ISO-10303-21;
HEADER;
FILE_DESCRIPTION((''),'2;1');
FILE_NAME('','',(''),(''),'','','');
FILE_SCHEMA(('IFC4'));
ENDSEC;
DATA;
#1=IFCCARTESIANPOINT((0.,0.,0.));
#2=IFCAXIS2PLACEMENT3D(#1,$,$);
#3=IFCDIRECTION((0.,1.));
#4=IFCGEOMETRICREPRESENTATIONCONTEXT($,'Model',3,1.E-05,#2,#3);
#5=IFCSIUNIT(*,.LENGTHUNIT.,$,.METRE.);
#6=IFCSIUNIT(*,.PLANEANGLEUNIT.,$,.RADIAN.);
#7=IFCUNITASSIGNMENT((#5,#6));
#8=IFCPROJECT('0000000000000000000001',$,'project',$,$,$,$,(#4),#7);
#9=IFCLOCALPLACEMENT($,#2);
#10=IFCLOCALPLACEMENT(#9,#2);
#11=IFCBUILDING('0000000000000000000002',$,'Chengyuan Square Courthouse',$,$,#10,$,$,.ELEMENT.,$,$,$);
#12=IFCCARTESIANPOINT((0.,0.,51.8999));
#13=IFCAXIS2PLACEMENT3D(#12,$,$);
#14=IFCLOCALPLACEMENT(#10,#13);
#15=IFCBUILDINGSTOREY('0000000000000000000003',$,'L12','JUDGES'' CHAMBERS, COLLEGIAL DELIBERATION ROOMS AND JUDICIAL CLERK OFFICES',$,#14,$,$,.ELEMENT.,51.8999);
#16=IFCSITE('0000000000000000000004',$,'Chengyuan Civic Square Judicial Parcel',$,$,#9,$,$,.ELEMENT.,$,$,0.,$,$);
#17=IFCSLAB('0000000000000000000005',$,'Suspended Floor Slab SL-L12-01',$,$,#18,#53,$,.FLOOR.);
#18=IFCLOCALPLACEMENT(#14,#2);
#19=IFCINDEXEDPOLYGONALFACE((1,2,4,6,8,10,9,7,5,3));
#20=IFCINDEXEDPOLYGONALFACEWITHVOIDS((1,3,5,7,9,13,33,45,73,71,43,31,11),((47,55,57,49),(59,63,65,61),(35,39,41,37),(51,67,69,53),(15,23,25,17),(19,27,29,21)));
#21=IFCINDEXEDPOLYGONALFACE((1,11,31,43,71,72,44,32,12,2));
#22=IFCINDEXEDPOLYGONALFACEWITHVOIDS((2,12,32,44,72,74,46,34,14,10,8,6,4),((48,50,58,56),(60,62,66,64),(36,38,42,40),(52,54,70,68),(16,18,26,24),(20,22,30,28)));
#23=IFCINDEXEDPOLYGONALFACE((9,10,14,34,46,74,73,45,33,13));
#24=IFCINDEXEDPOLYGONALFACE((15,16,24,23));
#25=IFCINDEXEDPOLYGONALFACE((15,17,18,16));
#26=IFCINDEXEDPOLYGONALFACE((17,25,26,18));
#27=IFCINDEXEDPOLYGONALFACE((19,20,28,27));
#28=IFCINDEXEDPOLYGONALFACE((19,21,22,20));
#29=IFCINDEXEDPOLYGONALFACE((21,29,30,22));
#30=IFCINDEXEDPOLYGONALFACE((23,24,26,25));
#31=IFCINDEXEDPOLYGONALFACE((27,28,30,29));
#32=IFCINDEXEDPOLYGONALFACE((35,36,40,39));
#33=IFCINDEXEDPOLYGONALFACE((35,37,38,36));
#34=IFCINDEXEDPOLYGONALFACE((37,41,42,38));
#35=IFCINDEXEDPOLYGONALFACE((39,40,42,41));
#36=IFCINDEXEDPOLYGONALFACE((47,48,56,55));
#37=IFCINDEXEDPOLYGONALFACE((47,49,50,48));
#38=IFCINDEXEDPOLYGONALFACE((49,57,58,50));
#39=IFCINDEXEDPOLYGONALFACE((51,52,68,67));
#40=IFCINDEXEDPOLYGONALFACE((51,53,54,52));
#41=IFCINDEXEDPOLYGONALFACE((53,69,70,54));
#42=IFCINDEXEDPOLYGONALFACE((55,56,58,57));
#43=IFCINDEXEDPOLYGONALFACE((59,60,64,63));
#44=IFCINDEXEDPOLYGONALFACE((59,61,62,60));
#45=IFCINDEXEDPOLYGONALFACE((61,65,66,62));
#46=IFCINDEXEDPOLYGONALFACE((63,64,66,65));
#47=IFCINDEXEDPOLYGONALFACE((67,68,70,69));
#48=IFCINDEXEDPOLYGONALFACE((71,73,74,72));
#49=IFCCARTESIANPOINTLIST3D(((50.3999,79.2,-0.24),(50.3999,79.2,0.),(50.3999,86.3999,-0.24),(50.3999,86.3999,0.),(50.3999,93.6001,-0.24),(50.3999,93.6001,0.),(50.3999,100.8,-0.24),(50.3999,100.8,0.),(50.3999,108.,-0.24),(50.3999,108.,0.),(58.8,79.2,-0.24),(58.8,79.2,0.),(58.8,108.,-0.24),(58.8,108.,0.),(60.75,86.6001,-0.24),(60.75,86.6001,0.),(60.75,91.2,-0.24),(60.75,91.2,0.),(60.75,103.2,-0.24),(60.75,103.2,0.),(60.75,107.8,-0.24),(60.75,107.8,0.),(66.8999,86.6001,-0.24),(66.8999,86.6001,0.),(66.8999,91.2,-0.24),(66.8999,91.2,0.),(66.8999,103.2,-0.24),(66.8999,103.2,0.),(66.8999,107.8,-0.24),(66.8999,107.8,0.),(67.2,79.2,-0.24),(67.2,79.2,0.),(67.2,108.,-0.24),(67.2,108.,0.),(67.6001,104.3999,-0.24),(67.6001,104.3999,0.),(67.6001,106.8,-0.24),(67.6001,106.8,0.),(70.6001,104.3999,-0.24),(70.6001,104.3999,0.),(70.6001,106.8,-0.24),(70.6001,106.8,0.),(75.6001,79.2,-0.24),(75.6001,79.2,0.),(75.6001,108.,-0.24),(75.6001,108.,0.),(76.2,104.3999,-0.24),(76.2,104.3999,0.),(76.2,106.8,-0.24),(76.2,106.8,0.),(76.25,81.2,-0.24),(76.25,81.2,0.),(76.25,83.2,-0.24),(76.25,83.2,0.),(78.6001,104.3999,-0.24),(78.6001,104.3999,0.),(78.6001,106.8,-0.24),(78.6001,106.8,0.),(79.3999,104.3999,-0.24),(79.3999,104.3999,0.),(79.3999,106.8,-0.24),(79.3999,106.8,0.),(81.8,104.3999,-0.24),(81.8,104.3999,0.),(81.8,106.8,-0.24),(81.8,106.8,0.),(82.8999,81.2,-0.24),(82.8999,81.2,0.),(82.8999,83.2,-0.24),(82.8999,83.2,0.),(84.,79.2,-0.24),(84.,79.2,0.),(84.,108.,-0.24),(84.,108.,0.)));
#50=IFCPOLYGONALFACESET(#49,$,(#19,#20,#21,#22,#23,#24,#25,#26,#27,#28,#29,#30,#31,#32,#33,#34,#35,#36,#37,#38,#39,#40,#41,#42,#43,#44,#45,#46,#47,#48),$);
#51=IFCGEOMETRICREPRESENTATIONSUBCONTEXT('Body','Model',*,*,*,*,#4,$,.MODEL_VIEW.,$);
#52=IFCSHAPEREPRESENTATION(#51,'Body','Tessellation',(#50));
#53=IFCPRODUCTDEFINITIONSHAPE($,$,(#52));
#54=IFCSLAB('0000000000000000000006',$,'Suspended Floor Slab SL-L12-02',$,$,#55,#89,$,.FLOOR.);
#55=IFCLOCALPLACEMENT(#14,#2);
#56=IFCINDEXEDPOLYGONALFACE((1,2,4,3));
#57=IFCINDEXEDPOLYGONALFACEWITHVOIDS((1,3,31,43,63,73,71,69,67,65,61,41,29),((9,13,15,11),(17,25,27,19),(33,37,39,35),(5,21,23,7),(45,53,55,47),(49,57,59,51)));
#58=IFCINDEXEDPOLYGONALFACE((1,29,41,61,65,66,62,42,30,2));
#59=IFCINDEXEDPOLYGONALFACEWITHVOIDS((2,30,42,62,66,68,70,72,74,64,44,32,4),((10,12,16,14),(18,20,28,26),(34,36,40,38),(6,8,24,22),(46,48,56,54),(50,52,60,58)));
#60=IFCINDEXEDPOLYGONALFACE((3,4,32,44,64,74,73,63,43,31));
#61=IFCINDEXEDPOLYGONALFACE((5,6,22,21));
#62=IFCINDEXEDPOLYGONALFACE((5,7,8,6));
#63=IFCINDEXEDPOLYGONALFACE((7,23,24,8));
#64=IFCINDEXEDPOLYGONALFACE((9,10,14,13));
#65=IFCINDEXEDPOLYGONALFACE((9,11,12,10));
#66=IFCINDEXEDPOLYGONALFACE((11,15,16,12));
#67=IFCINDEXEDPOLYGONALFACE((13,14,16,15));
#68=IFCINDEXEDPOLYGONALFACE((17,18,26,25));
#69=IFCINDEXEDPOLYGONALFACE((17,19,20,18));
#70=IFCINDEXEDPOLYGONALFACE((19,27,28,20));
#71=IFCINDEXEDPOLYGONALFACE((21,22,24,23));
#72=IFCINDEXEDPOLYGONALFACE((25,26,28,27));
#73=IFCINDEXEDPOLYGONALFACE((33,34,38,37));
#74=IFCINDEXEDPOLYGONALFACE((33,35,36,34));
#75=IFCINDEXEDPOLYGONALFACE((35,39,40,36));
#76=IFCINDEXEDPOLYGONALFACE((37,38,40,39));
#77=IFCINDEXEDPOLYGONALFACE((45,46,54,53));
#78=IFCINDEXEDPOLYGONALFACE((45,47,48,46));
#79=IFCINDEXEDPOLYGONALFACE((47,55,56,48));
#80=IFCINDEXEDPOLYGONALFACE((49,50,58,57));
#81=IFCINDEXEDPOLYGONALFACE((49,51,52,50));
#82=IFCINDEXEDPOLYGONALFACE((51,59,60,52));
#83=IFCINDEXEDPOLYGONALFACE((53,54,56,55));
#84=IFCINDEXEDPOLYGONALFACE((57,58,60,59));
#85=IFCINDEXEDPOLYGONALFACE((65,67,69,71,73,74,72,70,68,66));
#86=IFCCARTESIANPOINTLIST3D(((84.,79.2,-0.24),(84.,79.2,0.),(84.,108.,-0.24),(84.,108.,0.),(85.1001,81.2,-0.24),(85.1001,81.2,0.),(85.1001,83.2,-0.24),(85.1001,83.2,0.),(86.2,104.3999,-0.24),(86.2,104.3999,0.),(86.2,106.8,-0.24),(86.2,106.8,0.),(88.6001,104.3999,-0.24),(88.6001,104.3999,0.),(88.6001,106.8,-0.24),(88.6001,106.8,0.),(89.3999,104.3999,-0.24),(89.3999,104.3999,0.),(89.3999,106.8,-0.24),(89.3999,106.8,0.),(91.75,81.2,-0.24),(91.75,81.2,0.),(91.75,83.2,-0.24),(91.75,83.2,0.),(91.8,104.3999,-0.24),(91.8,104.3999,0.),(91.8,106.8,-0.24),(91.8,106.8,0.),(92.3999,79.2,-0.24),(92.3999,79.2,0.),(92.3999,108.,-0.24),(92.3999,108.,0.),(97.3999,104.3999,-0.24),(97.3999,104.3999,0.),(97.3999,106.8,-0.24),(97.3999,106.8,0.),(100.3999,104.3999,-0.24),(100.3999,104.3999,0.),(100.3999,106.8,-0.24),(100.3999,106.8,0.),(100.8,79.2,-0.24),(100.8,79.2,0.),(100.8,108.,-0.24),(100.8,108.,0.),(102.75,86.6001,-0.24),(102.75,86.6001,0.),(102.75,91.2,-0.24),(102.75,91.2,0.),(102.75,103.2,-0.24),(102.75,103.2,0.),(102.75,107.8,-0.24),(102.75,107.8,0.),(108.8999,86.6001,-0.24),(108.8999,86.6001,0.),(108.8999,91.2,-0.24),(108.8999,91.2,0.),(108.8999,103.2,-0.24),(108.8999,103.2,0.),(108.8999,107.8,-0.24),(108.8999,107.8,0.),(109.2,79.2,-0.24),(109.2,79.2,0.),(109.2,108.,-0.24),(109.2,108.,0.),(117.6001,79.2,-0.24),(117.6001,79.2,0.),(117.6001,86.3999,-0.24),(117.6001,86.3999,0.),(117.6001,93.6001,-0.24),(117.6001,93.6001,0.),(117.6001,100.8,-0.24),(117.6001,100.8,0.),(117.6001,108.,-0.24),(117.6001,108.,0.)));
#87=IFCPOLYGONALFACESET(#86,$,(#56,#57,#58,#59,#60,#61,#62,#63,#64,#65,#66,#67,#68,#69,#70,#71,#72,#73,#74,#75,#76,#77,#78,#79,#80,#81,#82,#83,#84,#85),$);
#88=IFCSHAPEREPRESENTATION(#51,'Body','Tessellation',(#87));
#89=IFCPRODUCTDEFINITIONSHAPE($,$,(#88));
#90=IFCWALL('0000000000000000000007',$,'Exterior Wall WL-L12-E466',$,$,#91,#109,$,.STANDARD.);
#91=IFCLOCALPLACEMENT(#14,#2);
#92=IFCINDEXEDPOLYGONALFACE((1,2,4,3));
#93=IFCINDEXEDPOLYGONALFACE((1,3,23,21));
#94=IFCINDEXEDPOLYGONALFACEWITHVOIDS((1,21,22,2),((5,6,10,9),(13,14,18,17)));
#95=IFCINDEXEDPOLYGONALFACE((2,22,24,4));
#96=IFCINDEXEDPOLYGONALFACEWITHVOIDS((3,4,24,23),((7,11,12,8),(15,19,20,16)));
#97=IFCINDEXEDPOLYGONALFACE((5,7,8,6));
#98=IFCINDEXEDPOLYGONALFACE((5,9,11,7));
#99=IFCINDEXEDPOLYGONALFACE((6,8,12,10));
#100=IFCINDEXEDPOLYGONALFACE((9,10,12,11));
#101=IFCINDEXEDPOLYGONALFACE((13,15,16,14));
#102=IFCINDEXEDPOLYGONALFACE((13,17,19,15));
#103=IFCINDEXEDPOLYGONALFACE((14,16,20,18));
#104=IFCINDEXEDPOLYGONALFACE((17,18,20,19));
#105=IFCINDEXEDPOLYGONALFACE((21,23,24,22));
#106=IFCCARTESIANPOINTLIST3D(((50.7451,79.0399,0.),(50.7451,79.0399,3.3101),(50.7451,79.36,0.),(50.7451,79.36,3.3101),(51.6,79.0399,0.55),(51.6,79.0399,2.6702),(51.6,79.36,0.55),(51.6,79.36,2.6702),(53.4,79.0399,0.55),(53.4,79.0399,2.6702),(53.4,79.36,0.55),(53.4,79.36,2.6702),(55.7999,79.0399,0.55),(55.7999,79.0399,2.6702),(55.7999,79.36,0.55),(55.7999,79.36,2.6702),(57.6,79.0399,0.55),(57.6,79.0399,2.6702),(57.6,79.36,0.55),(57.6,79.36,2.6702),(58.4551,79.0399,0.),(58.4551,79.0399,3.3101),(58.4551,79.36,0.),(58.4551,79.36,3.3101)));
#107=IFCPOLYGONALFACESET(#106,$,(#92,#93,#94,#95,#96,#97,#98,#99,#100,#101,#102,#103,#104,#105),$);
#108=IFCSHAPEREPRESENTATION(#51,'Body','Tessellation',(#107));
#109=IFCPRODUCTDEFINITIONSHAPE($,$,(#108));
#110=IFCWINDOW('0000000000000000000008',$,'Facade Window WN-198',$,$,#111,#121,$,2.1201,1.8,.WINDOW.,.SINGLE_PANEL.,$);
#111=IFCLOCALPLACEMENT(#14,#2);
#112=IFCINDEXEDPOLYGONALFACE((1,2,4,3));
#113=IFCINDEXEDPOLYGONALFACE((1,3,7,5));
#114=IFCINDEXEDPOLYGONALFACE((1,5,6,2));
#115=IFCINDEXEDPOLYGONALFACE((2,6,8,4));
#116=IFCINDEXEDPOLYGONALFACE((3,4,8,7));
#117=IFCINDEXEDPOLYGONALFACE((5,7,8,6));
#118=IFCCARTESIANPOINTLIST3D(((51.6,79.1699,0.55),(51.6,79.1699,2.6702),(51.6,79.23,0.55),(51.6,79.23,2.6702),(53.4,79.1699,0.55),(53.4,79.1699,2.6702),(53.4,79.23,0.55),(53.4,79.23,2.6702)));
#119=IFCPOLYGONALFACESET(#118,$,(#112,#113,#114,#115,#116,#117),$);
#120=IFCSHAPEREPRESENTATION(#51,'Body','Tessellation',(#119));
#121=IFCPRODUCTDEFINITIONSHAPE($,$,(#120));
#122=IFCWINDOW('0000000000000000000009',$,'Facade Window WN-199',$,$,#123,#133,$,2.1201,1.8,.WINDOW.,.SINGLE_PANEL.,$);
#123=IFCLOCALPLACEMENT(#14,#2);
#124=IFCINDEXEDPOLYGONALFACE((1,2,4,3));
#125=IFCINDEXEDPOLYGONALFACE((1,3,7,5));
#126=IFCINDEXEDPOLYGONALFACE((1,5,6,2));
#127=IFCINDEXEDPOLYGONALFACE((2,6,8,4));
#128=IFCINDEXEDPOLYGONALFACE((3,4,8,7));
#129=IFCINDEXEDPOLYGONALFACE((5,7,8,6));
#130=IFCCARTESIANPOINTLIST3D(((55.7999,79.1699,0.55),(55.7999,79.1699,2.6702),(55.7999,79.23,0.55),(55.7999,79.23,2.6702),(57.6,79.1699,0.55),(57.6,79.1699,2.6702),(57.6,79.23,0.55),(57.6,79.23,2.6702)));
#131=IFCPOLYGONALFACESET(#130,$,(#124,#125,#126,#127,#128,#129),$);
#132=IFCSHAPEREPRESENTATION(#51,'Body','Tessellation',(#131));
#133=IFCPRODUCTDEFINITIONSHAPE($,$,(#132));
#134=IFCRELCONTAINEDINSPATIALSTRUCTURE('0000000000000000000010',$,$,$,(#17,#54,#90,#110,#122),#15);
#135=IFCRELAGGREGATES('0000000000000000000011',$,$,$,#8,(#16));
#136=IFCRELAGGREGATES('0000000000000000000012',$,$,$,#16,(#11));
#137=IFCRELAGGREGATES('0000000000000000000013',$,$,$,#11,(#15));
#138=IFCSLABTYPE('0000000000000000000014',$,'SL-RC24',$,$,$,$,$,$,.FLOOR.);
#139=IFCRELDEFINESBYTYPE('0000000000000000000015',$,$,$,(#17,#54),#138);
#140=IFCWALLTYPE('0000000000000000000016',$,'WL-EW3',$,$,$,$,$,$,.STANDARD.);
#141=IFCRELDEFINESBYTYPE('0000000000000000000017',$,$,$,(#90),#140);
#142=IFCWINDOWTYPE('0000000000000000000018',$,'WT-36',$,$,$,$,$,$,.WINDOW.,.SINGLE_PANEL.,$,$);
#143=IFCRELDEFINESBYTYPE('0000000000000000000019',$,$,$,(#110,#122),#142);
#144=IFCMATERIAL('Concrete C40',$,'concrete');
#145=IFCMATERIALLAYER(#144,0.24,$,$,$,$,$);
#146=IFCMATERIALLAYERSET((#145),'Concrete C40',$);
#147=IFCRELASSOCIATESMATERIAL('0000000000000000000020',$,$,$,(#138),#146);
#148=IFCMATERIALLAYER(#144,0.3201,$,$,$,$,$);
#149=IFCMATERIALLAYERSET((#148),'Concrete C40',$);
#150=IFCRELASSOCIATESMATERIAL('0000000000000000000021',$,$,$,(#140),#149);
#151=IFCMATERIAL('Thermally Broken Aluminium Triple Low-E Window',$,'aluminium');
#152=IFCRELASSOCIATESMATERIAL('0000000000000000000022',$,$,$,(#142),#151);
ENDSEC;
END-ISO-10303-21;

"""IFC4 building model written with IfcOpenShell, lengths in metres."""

from ifc_helpers import new_model, si_unit, direction, frame, frame_2d, origin, place, context, subcontext, project, spatial, polyline, rectangle, outline, extrude, material, layer, layer_set, type_object, element, fill, save


model = new_model("IFC4")

# Units and contexts
model_context = context("Model", 3, precision=1e-05, world=origin(), true_north=direction((0.0, 1.0)))
body_context = subcontext(model_context, "Body", "Model", "MODEL_VIEW")
ifc_project = project(units=[si_unit("LENGTHUNIT", "METRE"), si_unit("PLANEANGLEUNIT", "RADIAN")], contexts=[model_context])

# Site, building, storey
site_placement = place(None, origin())
site = spatial("IfcSite", under=ifc_project, at=site_placement, Name="Chengyuan Civic Square Judicial Parcel", CompositionType="ELEMENT", RefElevation=0.0)
building_placement = place(site_placement, origin())
building = spatial("IfcBuilding", under=site, at=building_placement, Name="Chengyuan Square Courthouse", CompositionType="ELEMENT")
storey_placement = place(building_placement, frame((0.0, 0.0, 51.8999)))
storey = spatial("IfcBuildingStorey", under=building, at=storey_placement, Name="L12", Description="JUDGES' CHAMBERS, COLLEGIAL DELIBERATION ROOMS AND JUDICIAL CLERK OFFICES", CompositionType="ELEMENT", Elevation=51.8999)

# Shared definitions
ifc_material_1 = material(Name="Concrete C40", Category="concrete")

# Slabs
ifc_layer_1 = layer(ifc_material_1, 0.24)
ifc_layer_set_1 = layer_set([ifc_layer_1], Name="Concrete C40")
slab_type_1 = type_object("IfcSlabType", Name="SL-RC24", PredefinedType="FLOOR", material=ifc_layer_set_1)
slab_1_placement = place(storey_placement, frame((0.0, 0.0, -0.24)))
element("IfcSlab", 1, at=slab_1_placement, inside=storey, type_object=slab_type_1, Name="Suspended Floor Slab SL-L12-01", PredefinedType="FLOOR", context=body_context, shape_type="SweptSolid", body=[
    extrude(outline(polyline([(50.3999, 79.2), (50.3999, 86.3999), (50.3999, 93.6001), (50.3999, 100.8), (50.3999, 108.0), (58.8, 108.0), (67.2, 108.0), (75.6001, 108.0), (84.0, 108.0), (84.0, 79.2), (75.6001, 79.2), (67.2, 79.2), (58.8, 79.2), (50.3999, 79.2)]), holes=[polyline([(76.25, 81.2), (82.8999, 81.2), (82.8999, 83.2), (76.25, 83.2), (76.25, 81.2)]), polyline([(60.75, 91.2), (60.75, 86.6001), (66.8999, 86.6001), (66.8999, 91.2), (60.75, 91.2)]), polyline([(60.75, 107.8), (60.75, 103.2), (66.8999, 103.2), (66.8999, 107.8), (60.75, 107.8)]), polyline([(67.6001, 104.3999), (70.6001, 104.3999), (70.6001, 106.8), (67.6001, 106.8), (67.6001, 104.3999)]), polyline([(76.2, 106.8), (76.2, 104.3999), (78.6001, 104.3999), (78.6001, 106.8), (76.2, 106.8)]), polyline([(79.3999, 106.8), (79.3999, 104.3999), (81.8, 104.3999), (81.8, 106.8), (79.3999, 106.8)])]), origin(), (0.0, 0.0, 1.0), 0.24),
])
slab_2_placement = place(storey_placement, frame((0.0, 0.0, -0.24)))
element("IfcSlab", 2, at=slab_2_placement, inside=storey, type_object=slab_type_1, Name="Suspended Floor Slab SL-L12-02", PredefinedType="FLOOR", context=body_context, shape_type="SweptSolid", body=[
    extrude(outline(polyline([(92.3999, 108.0), (100.8, 108.0), (109.2, 108.0), (117.6001, 108.0), (117.6001, 100.8), (117.6001, 93.6001), (117.6001, 86.3999), (117.6001, 79.2), (109.2, 79.2), (100.8, 79.2), (92.3999, 79.2), (84.0, 79.2), (84.0, 108.0), (92.3999, 108.0)]), holes=[polyline([(85.1001, 81.2), (91.75, 81.2), (91.75, 83.2), (85.1001, 83.2), (85.1001, 81.2)]), polyline([(102.75, 91.2), (102.75, 86.6001), (108.8999, 86.6001), (108.8999, 91.2), (102.75, 91.2)]), polyline([(102.75, 107.8), (102.75, 103.2), (108.8999, 103.2), (108.8999, 107.8), (102.75, 107.8)]), polyline([(86.2, 104.3999), (88.6001, 104.3999), (88.6001, 106.8), (86.2, 106.8), (86.2, 104.3999)]), polyline([(89.3999, 106.8), (89.3999, 104.3999), (91.8, 104.3999), (91.8, 106.8), (89.3999, 106.8)]), polyline([(97.3999, 106.8), (97.3999, 104.3999), (100.3999, 104.3999), (100.3999, 106.8), (97.3999, 106.8)])]), origin(), (0.0, 0.0, 1.0), 0.24),
])

# Wall, openings, windows
ifc_layer_2 = layer(ifc_material_1, 0.3201)
ifc_layer_set_2 = layer_set([ifc_layer_2], Name="Concrete C40")
wall_type = type_object("IfcWallType", Name="WL-EW3", PredefinedType="STANDARD", material=ifc_layer_set_2)
wall_1_placement = place(storey_placement, frame((50.7451, 79.2, 0.0), z_axis=(0.0, 0.0, 1.0), x_axis=(1.0, 0.0, 0.0)))
wall_1 = element("IfcWall", 3, at=wall_1_placement, inside=storey, type_object=wall_type, Name="Exterior Wall WL-L12-E466", PredefinedType="STANDARD", context=body_context, shape_type="SweptSolid", body=[
    extrude(rectangle(XDim=7.71, YDim=0.3201, at=frame_2d((3.855, 0.0))), origin(), (0.0, 0.0, 1.0), 3.3101),
])
opening_1_placement = place(wall_1_placement, frame((0.855, 0.0, 0.55)))
opening_1 = element("IfcOpeningElement", 4, at=opening_1_placement, cuts=wall_1, PredefinedType="OPENING", context=body_context, shape_type="SweptSolid", body=[
    extrude(rectangle(XDim=1.8, YDim=2.1201, at=frame_2d((0.8999, 1.0601))), frame((0.0, 0.1721, 0.0), z_axis=(0.0, -1.0, 0.0), x_axis=(1.0, 0.0, 0.0)), (0.0, 0.0, 1.0), 0.344),
])
opening_2_placement = place(wall_1_placement, frame((5.0549, 0.0, 0.55)))
opening_2 = element("IfcOpeningElement", 5, at=opening_2_placement, cuts=wall_1, PredefinedType="OPENING", context=body_context, shape_type="SweptSolid", body=[
    extrude(rectangle(XDim=1.8, YDim=2.1201, at=frame_2d((0.8999, 1.0601))), frame((0.0, 0.1721, 0.0), z_axis=(0.0, -1.0, 0.0), x_axis=(1.0, 0.0, 0.0)), (0.0, 0.0, 1.0), 0.344),
])
ifc_material_2 = material(Name="Thermally Broken Aluminium Triple Low-E Window", Category="aluminium")
window_type = type_object("IfcWindowType", Name="WT-36", PartitioningType="SINGLE_PANEL", PredefinedType="WINDOW", material=ifc_material_2)
window_1_placement = place(opening_1_placement, origin())
window_1 = element("IfcWindow", 6, at=window_1_placement, inside=storey, type_object=window_type, Name="Facade Window WN-198", OverallHeight=2.1201, OverallWidth=1.8, PartitioningType="SINGLE_PANEL", PredefinedType="WINDOW", context=body_context, shape_type="SweptSolid", body=[
    extrude(rectangle(XDim=1.8, YDim=2.1201, at=frame_2d((0.8999, 1.0601))), frame((0.0, 0.03, 0.0), z_axis=(0.0, -1.0, 0.0), x_axis=(1.0, 0.0, 0.0)), (0.0, 0.0, 1.0), 0.0601),
])
fill(opening_1, window_1)
window_2_placement = place(opening_2_placement, origin())
window_2 = element("IfcWindow", 7, at=window_2_placement, inside=storey, type_object=window_type, Name="Facade Window WN-199", OverallHeight=2.1201, OverallWidth=1.8, PartitioningType="SINGLE_PANEL", PredefinedType="WINDOW", context=body_context, shape_type="SweptSolid", body=[
    extrude(rectangle(XDim=1.8, YDim=2.1201, at=frame_2d((0.8999, 1.0601))), frame((0.0, 0.03, 0.0), z_axis=(0.0, -1.0, 0.0), x_axis=(1.0, 0.0, 0.0)), (0.0, 0.0, 1.0), 0.0601),
])
fill(opening_2, window_2)

save(model, "model.ifc")
